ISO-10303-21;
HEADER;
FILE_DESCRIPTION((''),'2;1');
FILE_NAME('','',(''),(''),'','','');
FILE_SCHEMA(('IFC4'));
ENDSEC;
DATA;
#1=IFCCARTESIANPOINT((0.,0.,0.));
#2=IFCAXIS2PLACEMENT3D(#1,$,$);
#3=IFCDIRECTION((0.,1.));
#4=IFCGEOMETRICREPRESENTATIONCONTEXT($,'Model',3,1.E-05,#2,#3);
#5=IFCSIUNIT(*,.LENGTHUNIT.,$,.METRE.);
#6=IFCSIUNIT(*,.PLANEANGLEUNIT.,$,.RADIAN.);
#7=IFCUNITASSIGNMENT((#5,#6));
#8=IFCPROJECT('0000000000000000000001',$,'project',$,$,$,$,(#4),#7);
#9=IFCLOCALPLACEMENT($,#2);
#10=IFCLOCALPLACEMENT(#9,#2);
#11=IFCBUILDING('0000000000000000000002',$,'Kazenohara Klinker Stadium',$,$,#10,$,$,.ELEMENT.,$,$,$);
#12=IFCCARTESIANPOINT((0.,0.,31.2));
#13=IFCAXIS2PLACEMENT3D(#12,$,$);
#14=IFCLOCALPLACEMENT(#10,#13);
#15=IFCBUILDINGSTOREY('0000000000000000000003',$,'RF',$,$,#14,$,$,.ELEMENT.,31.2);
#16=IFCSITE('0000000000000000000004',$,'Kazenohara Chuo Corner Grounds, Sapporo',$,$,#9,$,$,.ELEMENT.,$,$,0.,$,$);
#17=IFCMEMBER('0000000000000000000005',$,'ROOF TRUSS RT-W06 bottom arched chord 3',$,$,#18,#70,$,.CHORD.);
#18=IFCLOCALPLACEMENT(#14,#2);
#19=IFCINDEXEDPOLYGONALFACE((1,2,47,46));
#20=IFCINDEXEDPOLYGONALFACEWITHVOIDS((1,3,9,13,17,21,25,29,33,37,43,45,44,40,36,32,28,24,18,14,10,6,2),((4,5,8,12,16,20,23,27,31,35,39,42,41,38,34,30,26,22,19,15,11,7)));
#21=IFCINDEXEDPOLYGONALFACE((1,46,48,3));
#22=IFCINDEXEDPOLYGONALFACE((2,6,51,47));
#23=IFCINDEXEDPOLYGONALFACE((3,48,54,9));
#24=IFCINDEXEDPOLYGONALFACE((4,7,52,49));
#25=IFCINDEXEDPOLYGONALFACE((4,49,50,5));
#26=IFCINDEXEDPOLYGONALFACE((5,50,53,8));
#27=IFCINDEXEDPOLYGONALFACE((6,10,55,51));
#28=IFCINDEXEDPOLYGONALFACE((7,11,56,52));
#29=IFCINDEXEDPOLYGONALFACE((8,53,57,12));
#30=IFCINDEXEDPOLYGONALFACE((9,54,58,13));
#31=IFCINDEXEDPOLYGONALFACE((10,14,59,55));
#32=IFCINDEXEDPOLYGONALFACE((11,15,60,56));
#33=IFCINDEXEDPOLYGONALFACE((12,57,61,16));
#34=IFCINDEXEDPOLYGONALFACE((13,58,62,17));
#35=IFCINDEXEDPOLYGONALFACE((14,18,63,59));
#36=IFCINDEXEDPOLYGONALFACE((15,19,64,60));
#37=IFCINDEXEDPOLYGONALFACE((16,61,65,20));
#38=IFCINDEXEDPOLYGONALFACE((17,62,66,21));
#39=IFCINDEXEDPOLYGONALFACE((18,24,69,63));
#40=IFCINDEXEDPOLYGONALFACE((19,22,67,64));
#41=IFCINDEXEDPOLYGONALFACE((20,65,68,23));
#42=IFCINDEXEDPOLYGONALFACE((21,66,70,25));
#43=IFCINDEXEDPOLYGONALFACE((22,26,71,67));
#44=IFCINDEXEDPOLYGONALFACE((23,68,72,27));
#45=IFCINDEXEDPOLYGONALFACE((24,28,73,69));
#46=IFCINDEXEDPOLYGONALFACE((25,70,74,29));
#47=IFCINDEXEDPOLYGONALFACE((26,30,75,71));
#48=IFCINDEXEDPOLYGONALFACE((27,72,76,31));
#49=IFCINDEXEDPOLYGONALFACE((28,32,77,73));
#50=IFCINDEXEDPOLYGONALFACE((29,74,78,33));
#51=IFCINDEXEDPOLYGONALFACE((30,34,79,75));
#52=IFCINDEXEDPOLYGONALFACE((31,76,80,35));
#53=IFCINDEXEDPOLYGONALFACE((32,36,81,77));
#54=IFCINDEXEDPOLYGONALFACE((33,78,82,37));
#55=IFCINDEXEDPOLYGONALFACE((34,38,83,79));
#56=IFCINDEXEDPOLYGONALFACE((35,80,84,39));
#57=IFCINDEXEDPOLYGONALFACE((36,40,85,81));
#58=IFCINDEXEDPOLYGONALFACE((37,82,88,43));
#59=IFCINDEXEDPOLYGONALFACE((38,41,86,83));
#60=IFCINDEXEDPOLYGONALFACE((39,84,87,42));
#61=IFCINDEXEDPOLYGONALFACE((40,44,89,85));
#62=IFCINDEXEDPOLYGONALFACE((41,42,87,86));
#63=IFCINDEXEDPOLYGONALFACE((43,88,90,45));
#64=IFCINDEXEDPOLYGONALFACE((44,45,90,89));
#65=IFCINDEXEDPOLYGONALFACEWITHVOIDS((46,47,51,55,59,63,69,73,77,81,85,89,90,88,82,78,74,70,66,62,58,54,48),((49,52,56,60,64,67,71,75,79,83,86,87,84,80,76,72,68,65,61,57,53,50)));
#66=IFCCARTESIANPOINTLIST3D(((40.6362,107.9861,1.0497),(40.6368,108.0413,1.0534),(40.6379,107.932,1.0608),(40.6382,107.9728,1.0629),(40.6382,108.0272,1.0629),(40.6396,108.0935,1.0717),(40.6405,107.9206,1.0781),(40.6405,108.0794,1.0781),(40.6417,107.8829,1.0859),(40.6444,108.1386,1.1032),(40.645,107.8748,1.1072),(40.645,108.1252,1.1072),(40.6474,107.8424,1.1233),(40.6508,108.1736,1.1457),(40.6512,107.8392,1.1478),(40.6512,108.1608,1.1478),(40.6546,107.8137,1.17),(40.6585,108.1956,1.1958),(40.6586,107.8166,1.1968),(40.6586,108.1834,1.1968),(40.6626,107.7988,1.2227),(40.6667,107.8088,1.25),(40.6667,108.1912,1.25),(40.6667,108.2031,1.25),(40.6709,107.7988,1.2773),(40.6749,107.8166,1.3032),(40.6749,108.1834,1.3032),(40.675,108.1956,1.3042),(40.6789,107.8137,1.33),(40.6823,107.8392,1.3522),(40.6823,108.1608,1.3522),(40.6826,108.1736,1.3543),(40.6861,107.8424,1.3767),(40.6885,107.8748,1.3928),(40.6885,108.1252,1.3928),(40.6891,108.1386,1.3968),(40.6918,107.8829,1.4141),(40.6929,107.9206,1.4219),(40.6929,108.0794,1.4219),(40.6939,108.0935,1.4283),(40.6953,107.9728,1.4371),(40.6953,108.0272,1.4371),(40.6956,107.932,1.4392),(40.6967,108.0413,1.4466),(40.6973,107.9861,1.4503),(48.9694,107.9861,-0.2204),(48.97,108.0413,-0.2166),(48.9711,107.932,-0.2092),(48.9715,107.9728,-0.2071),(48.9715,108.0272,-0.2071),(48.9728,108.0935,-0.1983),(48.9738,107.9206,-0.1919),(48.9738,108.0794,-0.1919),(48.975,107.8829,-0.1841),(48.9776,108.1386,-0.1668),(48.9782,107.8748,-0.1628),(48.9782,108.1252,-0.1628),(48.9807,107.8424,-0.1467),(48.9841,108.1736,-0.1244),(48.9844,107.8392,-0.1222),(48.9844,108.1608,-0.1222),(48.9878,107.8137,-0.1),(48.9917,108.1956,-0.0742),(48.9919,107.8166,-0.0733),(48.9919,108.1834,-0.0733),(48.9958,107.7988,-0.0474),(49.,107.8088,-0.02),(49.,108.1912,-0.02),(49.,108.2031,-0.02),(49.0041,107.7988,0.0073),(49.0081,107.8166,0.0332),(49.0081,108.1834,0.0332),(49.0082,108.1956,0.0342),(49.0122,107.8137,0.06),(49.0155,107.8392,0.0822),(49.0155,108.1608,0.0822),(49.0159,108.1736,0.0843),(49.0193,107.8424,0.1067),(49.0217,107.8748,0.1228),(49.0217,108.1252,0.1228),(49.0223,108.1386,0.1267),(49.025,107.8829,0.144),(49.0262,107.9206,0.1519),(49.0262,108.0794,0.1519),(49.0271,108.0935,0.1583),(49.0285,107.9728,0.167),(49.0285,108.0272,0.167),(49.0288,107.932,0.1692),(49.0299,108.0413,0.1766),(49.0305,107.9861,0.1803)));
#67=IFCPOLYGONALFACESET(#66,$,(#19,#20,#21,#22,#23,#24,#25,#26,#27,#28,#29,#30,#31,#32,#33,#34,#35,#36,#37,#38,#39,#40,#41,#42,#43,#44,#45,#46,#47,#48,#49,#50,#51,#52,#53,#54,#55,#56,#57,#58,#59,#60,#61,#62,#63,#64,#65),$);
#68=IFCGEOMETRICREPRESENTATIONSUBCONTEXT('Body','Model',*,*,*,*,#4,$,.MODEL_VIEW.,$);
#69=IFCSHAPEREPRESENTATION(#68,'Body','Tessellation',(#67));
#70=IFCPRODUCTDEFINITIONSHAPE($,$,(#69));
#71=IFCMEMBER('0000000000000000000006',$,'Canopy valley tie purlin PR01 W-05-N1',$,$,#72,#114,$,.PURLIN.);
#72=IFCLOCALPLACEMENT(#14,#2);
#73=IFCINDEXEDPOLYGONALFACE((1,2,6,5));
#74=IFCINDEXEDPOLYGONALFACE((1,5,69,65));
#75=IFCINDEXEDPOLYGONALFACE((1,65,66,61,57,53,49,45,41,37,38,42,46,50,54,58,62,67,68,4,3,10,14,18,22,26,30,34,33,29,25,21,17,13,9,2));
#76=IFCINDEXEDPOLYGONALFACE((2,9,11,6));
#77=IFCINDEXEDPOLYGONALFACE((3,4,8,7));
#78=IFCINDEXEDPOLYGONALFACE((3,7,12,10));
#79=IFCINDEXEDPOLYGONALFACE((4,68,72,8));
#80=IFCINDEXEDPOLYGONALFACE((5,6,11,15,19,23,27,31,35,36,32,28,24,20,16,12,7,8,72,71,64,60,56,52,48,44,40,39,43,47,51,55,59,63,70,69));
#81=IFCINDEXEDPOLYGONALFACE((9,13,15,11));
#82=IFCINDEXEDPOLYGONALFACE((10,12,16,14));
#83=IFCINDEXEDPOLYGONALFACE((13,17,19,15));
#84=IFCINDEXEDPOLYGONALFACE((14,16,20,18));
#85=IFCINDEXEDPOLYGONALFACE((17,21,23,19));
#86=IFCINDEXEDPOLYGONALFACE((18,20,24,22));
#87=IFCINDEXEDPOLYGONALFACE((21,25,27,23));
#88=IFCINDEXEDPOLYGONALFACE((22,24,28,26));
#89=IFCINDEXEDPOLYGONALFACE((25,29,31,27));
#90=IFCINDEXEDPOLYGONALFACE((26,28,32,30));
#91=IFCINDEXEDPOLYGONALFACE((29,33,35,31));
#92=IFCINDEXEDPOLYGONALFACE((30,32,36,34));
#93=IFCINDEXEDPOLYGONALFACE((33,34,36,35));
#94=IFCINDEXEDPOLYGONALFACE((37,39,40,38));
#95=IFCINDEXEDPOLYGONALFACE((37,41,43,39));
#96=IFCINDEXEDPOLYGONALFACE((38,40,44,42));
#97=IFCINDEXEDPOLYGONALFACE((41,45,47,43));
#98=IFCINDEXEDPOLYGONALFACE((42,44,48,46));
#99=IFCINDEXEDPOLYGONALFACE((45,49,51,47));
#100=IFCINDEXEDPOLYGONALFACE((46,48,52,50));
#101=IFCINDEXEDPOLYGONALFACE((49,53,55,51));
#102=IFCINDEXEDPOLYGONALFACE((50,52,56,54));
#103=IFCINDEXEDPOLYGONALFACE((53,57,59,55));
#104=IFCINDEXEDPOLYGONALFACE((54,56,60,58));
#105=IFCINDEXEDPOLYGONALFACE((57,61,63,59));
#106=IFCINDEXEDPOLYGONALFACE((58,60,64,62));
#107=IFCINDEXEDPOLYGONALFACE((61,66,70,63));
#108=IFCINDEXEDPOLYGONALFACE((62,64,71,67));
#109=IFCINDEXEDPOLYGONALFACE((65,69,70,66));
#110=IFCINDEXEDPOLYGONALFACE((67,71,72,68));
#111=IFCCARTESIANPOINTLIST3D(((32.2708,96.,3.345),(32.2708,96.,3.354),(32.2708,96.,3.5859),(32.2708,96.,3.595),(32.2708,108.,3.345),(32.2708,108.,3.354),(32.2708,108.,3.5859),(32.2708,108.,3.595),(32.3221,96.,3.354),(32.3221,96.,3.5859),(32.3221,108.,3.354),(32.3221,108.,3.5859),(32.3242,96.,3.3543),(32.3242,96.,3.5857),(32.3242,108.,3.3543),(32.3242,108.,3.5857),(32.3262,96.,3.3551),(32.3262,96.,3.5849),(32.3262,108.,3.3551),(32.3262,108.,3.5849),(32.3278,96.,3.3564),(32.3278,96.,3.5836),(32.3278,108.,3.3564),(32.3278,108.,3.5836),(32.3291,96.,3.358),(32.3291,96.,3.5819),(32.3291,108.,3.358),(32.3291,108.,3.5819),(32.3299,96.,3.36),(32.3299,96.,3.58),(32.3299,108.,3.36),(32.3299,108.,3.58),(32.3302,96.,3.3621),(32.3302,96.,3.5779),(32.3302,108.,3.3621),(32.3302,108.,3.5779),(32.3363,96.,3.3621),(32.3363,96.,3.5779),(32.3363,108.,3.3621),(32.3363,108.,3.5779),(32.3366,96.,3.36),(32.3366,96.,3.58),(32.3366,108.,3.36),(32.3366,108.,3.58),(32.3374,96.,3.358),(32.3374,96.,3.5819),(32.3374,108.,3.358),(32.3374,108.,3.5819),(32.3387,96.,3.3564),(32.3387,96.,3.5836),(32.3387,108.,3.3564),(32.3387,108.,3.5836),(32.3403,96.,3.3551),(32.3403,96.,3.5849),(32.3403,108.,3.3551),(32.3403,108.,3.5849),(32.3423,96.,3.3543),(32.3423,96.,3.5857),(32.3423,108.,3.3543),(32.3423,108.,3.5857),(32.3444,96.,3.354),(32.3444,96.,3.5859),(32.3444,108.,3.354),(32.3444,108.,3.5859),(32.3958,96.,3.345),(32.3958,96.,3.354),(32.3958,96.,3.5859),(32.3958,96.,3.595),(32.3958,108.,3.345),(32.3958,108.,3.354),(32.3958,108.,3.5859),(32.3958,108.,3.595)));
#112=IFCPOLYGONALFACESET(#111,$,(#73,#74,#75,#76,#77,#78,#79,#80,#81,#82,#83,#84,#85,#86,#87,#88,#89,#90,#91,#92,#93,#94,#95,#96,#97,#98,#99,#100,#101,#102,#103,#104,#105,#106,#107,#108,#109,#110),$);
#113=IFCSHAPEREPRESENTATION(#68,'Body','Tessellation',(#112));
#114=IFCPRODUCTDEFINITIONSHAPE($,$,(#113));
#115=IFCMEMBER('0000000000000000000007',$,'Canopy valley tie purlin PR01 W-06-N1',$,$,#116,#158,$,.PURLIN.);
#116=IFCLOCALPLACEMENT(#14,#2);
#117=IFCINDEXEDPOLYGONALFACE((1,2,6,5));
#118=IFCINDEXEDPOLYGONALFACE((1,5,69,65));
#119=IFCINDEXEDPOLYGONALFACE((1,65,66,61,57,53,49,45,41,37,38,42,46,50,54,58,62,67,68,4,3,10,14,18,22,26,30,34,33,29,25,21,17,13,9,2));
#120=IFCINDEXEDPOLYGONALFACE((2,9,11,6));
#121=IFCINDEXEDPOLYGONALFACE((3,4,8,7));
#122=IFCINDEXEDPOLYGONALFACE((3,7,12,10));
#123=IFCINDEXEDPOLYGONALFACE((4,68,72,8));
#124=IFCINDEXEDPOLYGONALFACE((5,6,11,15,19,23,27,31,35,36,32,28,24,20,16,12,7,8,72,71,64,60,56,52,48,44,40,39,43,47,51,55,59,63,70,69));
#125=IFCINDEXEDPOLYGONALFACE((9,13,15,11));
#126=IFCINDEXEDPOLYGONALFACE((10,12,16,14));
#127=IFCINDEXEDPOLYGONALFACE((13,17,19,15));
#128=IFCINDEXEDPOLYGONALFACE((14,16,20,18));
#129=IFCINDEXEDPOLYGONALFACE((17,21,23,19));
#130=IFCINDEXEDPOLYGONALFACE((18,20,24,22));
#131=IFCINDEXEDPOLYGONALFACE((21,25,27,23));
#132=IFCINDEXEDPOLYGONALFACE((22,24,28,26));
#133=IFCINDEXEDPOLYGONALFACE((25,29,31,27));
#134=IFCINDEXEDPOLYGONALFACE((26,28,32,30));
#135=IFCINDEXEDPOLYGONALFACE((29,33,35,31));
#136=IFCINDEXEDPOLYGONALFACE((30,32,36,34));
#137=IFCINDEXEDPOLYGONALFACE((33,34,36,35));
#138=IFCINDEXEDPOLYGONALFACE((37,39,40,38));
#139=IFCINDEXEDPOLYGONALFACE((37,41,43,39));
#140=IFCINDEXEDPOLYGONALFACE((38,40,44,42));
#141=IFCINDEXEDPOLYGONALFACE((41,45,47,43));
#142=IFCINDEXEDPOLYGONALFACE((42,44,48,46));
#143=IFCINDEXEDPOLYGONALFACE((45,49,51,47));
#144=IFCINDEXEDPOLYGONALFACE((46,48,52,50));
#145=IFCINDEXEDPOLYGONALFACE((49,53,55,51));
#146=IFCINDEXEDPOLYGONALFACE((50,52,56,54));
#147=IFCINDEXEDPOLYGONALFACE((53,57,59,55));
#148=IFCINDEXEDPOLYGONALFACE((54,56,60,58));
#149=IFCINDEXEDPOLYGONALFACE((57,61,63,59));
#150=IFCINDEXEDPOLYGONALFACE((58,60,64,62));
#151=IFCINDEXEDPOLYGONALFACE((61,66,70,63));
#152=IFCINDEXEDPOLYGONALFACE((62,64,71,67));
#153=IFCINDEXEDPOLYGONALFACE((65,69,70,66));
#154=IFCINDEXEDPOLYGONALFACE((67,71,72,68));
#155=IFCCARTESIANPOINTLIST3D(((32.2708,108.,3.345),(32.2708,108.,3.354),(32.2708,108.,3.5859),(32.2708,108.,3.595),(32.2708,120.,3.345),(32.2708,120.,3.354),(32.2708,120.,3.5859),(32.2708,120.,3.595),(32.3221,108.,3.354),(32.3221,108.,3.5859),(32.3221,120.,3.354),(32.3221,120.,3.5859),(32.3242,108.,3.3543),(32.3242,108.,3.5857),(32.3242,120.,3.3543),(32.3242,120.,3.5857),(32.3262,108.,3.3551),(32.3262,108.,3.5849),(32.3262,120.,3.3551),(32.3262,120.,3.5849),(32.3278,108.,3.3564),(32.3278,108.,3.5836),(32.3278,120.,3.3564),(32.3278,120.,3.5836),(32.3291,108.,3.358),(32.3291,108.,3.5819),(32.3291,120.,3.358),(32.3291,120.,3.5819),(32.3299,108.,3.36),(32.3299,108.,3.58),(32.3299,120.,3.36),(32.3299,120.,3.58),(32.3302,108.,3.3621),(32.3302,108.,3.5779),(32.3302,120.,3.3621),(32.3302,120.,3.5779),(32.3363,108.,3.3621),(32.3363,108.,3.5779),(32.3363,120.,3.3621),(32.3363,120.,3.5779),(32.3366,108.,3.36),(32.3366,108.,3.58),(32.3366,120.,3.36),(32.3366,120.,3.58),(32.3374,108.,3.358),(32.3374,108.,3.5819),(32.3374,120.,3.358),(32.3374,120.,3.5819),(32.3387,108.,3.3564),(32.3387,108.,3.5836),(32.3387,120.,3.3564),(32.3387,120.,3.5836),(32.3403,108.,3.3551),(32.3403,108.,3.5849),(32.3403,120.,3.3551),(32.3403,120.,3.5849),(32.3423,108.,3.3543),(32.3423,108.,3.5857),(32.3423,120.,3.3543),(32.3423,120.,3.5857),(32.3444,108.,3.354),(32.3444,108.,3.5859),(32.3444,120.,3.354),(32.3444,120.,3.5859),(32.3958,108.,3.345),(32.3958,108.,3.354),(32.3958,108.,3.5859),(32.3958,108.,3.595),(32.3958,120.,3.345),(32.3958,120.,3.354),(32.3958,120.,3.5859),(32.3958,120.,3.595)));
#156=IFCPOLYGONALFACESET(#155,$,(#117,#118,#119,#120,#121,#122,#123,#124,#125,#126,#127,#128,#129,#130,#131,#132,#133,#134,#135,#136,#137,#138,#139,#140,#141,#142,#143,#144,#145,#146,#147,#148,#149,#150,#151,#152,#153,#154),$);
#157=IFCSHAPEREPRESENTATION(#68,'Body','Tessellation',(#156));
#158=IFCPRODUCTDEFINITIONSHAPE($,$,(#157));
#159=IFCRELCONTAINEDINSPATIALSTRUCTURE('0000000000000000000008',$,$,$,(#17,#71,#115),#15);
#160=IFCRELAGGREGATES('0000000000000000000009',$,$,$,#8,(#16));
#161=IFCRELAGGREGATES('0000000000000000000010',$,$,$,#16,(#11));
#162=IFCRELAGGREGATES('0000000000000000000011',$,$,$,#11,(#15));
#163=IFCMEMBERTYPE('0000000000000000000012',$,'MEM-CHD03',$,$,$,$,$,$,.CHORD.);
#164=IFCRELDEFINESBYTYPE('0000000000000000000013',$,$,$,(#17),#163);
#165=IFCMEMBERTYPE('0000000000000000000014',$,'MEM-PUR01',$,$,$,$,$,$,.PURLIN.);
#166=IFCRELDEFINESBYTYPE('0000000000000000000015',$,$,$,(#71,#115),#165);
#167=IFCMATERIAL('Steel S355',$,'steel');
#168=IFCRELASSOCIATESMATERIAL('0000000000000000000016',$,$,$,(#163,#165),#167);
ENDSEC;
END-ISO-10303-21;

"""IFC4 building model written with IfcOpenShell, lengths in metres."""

from ifc_helpers import new_model, si_unit, direction, frame, origin, origin_2d, place, context, subcontext, project, spatial, hollow_circle, i_section, extrude, material, material_profile, profile_set, type_object, element, save


model = new_model("IFC4")

# Units and contexts
model_context = context("Model", 3, precision=1e-05, world=origin(), true_north=direction((0.0, 1.0)))
body_context = subcontext(model_context, "Body", "Model", "MODEL_VIEW")
ifc_project = project(units=[si_unit("LENGTHUNIT", "METRE"), si_unit("PLANEANGLEUNIT", "RADIAN")], contexts=[model_context])

# Site, building, storey
site_placement = place(None, origin())
site = spatial("IfcSite", under=ifc_project, at=site_placement, Name="Kazenohara Chuo Corner Grounds, Sapporo", CompositionType="ELEMENT", RefElevation=0.0)
building_placement = place(site_placement, origin())
building = spatial("IfcBuilding", under=site, at=building_placement, Name="Kazenohara Klinker Stadium", CompositionType="ELEMENT")
storey_placement = place(building_placement, frame((0.0, 0.0, 31.2)))
storey = spatial("IfcBuildingStorey", under=building, at=storey_placement, Name="RF", CompositionType="ELEMENT", Elevation=31.2)

# Members
ifc_material_1 = material(Name="Steel S355", Category="steel")
ifc_material_profile_1 = material_profile(ifc_material_1, hollow_circle(Radius=0.2031, WallThickness=0.012, at=origin_2d()), Name="CHS-406.4x12")
ifc_profile_set_1 = profile_set([ifc_material_profile_1], Name="Steel S355")
member_type_1 = type_object("IfcMemberType", Name="MEM-CHD03", PredefinedType="CHORD", material=ifc_profile_set_1)
member_1_placement = place(storey_placement, frame((40.6667, 108.0, 1.25), z_axis=(0.988585, 0.0, -0.150664), x_axis=(0.0, 1.0, 0.0)))
element("IfcMember", 1, at=member_1_placement, inside=storey, type_object=member_type_1, Name="ROOF TRUSS RT-W06 bottom arched chord 3", PredefinedType="CHORD", context=body_context, shape_type="SweptSolid", body=[
    extrude(hollow_circle(Radius=0.2031, WallThickness=0.012, at=origin_2d()), origin(), (0.0, 0.0, 1.0), 8.4294),
])
ifc_material_profile_2 = material_profile(ifc_material_1, i_section(OverallWidth=0.125, OverallDepth=0.25, WebThickness=0.0061, FlangeThickness=0.009, FilletRadius=0.0081, at=origin_2d()), Name="H-250x125x6x9")
ifc_profile_set_2 = profile_set([ifc_material_profile_2], Name="Steel S355")
member_type_2 = type_object("IfcMemberType", Name="MEM-PUR01", PredefinedType="PURLIN", material=ifc_profile_set_2)
for number, where, z_axis, x_axis, name in (
    (2, (32.3333, 96.0, 3.47), (0.0, 1.0, 0.0), (-1.0, 0.0, 0.0), "Canopy valley tie purlin PR01 W-05-N1"),
    (3, (32.3333, 108.0, 3.47), (0.0, 1.0, 0.0), (-1.0, 0.0, 0.0), "Canopy valley tie purlin PR01 W-06-N1"),
):
    element("IfcMember", number, at=place(storey_placement, frame(where, z_axis=z_axis, x_axis=x_axis)), inside=storey, type_object=member_type_2, Name=name, PredefinedType="PURLIN", context=body_context, shape_type="SweptSolid", body=[
        extrude(i_section(OverallWidth=0.125, OverallDepth=0.25, WebThickness=0.0061, FlangeThickness=0.009, FilletRadius=0.0081, at=origin_2d()), origin(), (0.0, 0.0, 1.0), 12.0),
    ])

save(model, "model.ifc")
